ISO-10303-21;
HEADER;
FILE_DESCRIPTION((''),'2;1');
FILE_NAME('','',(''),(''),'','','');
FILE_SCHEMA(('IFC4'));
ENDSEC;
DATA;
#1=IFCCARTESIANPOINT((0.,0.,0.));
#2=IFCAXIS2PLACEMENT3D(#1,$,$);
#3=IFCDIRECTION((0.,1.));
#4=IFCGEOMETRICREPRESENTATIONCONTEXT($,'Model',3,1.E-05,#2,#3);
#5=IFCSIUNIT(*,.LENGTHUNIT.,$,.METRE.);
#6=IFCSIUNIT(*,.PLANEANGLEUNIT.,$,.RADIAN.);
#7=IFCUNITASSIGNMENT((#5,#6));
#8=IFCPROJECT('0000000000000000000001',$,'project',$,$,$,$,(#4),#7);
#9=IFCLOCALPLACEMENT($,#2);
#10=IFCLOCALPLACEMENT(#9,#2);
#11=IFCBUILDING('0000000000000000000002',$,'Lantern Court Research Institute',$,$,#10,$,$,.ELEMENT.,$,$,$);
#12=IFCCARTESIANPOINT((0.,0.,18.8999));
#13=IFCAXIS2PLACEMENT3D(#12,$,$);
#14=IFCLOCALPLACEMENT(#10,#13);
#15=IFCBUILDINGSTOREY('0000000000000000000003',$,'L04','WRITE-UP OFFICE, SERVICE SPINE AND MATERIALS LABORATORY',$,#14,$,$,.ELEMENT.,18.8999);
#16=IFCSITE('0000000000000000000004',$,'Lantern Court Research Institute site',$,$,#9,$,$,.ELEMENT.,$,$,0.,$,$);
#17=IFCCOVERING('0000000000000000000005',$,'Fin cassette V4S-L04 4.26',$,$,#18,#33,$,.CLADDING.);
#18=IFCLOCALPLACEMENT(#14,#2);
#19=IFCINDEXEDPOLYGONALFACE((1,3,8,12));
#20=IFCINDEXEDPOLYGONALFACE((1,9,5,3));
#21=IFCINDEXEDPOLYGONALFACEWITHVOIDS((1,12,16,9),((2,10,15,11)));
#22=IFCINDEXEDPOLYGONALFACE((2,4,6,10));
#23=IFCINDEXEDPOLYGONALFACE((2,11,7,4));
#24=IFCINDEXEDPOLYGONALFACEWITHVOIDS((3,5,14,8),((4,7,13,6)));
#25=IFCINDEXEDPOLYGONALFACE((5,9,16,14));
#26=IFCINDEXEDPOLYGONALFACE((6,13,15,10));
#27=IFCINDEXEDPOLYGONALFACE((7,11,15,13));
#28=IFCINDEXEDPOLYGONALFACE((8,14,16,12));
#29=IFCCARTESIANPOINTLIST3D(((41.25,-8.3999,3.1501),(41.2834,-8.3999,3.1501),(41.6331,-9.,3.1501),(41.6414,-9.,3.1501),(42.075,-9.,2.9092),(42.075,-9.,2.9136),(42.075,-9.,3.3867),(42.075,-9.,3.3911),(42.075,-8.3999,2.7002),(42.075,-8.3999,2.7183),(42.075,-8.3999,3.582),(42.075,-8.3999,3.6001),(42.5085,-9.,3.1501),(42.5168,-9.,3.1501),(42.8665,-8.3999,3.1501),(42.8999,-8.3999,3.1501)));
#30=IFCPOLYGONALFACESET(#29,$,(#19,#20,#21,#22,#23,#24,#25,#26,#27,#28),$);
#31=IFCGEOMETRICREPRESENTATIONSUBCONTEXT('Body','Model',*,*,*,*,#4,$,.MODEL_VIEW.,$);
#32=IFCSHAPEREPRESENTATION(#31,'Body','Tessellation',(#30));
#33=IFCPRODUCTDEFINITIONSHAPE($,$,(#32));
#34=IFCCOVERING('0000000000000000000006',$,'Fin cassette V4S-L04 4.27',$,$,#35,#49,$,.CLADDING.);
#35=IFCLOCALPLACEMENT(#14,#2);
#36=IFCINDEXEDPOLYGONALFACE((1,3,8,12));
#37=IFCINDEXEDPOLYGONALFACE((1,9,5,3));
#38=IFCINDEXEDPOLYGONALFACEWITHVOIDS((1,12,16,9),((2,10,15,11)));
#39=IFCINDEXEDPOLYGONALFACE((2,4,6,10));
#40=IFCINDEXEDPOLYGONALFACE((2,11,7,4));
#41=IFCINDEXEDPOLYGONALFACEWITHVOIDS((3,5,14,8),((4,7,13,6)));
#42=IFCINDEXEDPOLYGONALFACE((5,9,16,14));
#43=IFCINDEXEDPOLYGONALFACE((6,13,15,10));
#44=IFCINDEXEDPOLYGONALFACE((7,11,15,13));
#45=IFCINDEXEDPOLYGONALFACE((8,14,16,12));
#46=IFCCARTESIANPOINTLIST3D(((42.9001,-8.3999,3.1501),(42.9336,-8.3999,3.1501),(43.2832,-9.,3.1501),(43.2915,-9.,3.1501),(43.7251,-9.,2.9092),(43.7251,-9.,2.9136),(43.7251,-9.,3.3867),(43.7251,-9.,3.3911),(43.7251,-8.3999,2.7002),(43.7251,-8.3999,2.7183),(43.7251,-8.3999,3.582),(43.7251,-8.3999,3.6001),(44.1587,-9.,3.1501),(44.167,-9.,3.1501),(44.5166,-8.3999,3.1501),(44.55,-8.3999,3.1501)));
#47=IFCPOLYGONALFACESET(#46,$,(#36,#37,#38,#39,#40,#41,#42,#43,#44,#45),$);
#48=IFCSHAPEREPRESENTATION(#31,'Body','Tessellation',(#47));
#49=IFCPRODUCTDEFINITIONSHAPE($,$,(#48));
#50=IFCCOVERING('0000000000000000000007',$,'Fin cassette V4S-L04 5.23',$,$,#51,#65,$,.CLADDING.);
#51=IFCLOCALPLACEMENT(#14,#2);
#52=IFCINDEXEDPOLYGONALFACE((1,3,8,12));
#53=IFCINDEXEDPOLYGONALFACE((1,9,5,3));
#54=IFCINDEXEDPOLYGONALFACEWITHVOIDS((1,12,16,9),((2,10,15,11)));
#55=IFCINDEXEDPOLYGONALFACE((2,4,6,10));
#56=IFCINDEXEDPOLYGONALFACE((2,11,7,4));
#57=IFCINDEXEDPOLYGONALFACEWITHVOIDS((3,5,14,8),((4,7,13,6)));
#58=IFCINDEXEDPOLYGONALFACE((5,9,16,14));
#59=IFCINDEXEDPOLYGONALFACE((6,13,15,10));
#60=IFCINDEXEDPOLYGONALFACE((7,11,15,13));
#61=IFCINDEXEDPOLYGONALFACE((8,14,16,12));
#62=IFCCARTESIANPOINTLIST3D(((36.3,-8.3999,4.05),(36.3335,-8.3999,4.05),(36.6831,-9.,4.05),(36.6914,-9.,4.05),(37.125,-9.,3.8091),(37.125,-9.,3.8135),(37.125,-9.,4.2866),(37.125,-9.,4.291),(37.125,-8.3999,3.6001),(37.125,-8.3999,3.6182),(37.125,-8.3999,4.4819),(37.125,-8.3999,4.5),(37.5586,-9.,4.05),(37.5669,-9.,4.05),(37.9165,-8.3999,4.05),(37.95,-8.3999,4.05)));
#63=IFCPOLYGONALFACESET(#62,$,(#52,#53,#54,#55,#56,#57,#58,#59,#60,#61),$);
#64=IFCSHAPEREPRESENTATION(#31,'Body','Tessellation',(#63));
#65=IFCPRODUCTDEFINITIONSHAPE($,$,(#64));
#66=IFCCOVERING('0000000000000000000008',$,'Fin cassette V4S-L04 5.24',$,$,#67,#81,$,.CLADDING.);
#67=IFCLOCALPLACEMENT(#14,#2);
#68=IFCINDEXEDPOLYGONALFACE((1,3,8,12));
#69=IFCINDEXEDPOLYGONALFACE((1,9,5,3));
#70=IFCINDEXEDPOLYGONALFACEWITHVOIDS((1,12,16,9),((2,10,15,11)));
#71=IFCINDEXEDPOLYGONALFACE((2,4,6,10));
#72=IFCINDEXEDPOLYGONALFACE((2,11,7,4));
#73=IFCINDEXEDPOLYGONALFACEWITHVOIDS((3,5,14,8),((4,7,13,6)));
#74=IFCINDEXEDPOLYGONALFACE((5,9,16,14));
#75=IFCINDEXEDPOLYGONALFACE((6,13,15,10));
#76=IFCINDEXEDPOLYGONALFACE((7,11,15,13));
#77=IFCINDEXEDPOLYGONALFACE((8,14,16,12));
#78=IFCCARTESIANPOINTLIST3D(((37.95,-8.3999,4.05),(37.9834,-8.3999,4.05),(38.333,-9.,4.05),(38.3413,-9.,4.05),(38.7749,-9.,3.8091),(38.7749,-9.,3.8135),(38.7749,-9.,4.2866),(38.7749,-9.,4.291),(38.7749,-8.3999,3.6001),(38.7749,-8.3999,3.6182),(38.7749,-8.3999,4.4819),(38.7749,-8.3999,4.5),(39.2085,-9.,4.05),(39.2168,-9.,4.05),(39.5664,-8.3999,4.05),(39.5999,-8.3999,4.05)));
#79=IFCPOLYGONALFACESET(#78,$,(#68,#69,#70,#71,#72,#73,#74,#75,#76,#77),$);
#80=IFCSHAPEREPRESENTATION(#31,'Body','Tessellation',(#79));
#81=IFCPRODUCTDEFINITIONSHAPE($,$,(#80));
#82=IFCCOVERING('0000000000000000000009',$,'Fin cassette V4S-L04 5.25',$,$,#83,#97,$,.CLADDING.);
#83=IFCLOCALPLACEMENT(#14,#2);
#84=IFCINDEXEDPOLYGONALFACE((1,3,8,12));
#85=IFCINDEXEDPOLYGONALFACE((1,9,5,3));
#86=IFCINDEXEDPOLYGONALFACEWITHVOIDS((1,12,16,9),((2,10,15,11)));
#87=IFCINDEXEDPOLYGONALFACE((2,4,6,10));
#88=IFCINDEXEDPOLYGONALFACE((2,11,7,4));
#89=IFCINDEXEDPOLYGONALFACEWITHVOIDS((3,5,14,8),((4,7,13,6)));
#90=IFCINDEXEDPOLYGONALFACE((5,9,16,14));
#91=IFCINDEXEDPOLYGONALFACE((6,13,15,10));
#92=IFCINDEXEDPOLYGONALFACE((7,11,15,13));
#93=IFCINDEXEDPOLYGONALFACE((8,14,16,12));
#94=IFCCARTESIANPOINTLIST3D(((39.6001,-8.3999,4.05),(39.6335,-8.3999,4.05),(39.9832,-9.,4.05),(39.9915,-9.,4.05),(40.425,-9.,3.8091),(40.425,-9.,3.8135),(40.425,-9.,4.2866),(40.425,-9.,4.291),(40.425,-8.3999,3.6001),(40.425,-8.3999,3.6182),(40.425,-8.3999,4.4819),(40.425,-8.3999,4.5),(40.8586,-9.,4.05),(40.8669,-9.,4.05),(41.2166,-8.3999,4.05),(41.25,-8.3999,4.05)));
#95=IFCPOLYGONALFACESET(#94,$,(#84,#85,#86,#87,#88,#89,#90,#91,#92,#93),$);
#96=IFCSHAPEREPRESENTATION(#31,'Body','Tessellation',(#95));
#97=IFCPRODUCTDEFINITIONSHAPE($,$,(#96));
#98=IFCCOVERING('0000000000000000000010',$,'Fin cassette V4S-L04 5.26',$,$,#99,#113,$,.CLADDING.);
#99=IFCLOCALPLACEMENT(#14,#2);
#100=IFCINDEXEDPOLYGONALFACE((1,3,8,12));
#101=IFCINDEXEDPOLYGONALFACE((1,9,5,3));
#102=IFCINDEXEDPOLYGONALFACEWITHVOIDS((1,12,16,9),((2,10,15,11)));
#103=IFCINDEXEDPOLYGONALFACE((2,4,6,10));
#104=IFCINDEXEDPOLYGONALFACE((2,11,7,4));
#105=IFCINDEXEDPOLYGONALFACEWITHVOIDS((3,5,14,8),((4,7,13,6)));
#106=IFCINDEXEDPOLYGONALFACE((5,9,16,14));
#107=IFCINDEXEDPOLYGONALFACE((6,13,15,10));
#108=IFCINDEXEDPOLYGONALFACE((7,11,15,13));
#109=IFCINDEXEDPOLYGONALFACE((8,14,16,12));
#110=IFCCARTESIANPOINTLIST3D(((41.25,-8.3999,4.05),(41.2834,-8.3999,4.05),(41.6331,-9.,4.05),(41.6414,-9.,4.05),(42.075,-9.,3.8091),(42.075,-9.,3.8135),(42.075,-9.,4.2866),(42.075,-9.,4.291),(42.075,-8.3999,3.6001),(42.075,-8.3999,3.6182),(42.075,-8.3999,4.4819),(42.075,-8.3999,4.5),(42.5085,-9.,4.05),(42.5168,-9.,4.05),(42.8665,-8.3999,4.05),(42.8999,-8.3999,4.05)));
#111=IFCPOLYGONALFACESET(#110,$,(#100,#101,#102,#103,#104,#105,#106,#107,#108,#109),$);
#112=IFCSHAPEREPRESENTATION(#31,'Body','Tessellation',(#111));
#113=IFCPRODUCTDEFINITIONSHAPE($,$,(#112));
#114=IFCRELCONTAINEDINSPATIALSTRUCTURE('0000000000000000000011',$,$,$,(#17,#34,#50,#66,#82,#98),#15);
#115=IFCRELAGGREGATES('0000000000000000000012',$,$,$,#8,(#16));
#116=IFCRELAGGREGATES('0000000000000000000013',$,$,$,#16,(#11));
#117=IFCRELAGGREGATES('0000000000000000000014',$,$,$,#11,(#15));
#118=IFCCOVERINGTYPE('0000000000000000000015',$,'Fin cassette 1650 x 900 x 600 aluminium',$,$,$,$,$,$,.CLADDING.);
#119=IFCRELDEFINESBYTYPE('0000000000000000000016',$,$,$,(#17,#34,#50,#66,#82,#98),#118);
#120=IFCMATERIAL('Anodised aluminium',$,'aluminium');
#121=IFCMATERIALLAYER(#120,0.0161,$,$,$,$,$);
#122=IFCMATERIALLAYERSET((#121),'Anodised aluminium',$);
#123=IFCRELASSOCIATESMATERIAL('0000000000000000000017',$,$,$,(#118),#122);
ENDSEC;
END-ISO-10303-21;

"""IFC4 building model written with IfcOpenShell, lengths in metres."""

from ifc_helpers import new_model, entity, si_unit, direction, frame, origin, place, context, subcontext, project, spatial, material, layer, layer_set, type_object, element, save


model = new_model("IFC4")

# Units and contexts
model_context = context("Model", 3, precision=1e-05, world=origin(), true_north=direction((0.0, 1.0)))
body_context = subcontext(model_context, "Body", "Model", "MODEL_VIEW")
ifc_project = project(units=[si_unit("LENGTHUNIT", "METRE"), si_unit("PLANEANGLEUNIT", "RADIAN")], contexts=[model_context])

# Site, building, storey
site_placement = place(None, origin())
site = spatial("IfcSite", under=ifc_project, at=site_placement, Name="Lantern Court Research Institute site", CompositionType="ELEMENT", RefElevation=0.0)
building_placement = place(site_placement, origin())
building = spatial("IfcBuilding", under=site, at=building_placement, Name="Lantern Court Research Institute", CompositionType="ELEMENT")
storey_placement = place(building_placement, frame((0.0, 0.0, 18.8999)))
storey = spatial("IfcBuildingStorey", under=building, at=storey_placement, Name="L04", Description="WRITE-UP OFFICE, SERVICE SPINE AND MATERIALS LABORATORY", CompositionType="ELEMENT", Elevation=18.8999)

# Coverings
ifc_material_1 = material(Name="Anodised aluminium", Category="aluminium")
ifc_layer_1 = layer(ifc_material_1, 0.0161)
ifc_layer_set_1 = layer_set([ifc_layer_1], Name="Anodised aluminium")
covering_type = type_object("IfcCoveringType", Name="Fin cassette 1650 x 900 x 600 aluminium", PredefinedType="CLADDING", material=ifc_layer_set_1)
covering_1_placement = place(storey_placement, frame((42.075, -8.3999, 3.1501), z_axis=(0.0, -1.0, 0.0), x_axis=(1.0, 0.0, 0.0)))
cartesian_point_1 = entity("IfcCartesianPoint", [0.825, 0.0])
cartesian_point_2 = entity("IfcCartesianPoint", [0.7915, 0.0])
cartesian_point_3 = entity("IfcCartesianPoint", [0.4419, 0.0])
cartesian_point_4 = entity("IfcCartesianPoint", [0.4336, 0.0])
element("IfcCovering", 1, at=covering_1_placement, inside=storey, type_object=covering_type, Name="Fin cassette V4S-L04 4.26", PredefinedType="CLADDING", context=body_context, shape_type="SweptSolid", body=[
    entity("IfcExtrudedAreaSolidTapered", entity("IfcArbitraryProfileDefWithVoids", "AREA", None, entity("IfcPolyline", [cartesian_point_1, entity("IfcCartesianPoint", [0.0, 0.45]), entity("IfcCartesianPoint", [-0.825, 0.0]), entity("IfcCartesianPoint", [0.0, -0.45]), cartesian_point_1]), [entity("IfcPolyline", [cartesian_point_2, entity("IfcCartesianPoint", [0.0, 0.4319]), entity("IfcCartesianPoint", [-0.7915, 0.0]), entity("IfcCartesianPoint", [0.0, -0.4319]), cartesian_point_2])]), entity("IfcAxis2Placement3D", entity("IfcCartesianPoint", [0.0, 0.0, 0.0])), entity("IfcDirection", [0.0, 0.0, 1.0]), 0.6001, entity("IfcArbitraryProfileDefWithVoids", "AREA", None, entity("IfcPolyline", [cartesian_point_3, entity("IfcCartesianPoint", [0.0, 0.241]), entity("IfcCartesianPoint", [-0.4419, 0.0]), entity("IfcCartesianPoint", [0.0, -0.241]), cartesian_point_3]), [entity("IfcPolyline", [cartesian_point_4, entity("IfcCartesianPoint", [0.0, 0.2366]), entity("IfcCartesianPoint", [-0.4336, 0.0]), entity("IfcCartesianPoint", [0.0, -0.2366]), cartesian_point_4])])),
])
covering_2_placement = place(storey_placement, frame((43.7251, -8.3999, 3.1501), z_axis=(0.0, -1.0, 0.0), x_axis=(1.0, 0.0, 0.0)))
cartesian_point_5 = entity("IfcCartesianPoint", [0.825, 0.0])
cartesian_point_6 = entity("IfcCartesianPoint", [0.7915, 0.0])
cartesian_point_7 = entity("IfcCartesianPoint", [0.4419, 0.0])
cartesian_point_8 = entity("IfcCartesianPoint", [0.4336, 0.0])
element("IfcCovering", 2, at=covering_2_placement, inside=storey, type_object=covering_type, Name="Fin cassette V4S-L04 4.27", PredefinedType="CLADDING", context=body_context, shape_type="SweptSolid", body=[
    entity("IfcExtrudedAreaSolidTapered", entity("IfcArbitraryProfileDefWithVoids", "AREA", None, entity("IfcPolyline", [cartesian_point_5, entity("IfcCartesianPoint", [0.0, 0.45]), entity("IfcCartesianPoint", [-0.825, 0.0]), entity("IfcCartesianPoint", [0.0, -0.45]), cartesian_point_5]), [entity("IfcPolyline", [cartesian_point_6, entity("IfcCartesianPoint", [0.0, 0.4319]), entity("IfcCartesianPoint", [-0.7915, 0.0]), entity("IfcCartesianPoint", [0.0, -0.4319]), cartesian_point_6])]), entity("IfcAxis2Placement3D", entity("IfcCartesianPoint", [0.0, 0.0, 0.0])), entity("IfcDirection", [0.0, 0.0, 1.0]), 0.6001, entity("IfcArbitraryProfileDefWithVoids", "AREA", None, entity("IfcPolyline", [cartesian_point_7, entity("IfcCartesianPoint", [0.0, 0.241]), entity("IfcCartesianPoint", [-0.4419, 0.0]), entity("IfcCartesianPoint", [0.0, -0.241]), cartesian_point_7]), [entity("IfcPolyline", [cartesian_point_8, entity("IfcCartesianPoint", [0.0, 0.2366]), entity("IfcCartesianPoint", [-0.4336, 0.0]), entity("IfcCartesianPoint", [0.0, -0.2366]), cartesian_point_8])])),
])
covering_3_placement = place(storey_placement, frame((37.125, -8.3999, 4.05), z_axis=(0.0, -1.0, 0.0), x_axis=(1.0, 0.0, 0.0)))
cartesian_point_9 = entity("IfcCartesianPoint", [0.825, 0.0])
cartesian_point_10 = entity("IfcCartesianPoint", [0.7915, 0.0])
cartesian_point_11 = entity("IfcCartesianPoint", [0.4419, 0.0])
cartesian_point_12 = entity("IfcCartesianPoint", [0.4336, 0.0])
element("IfcCovering", 3, at=covering_3_placement, inside=storey, type_object=covering_type, Name="Fin cassette V4S-L04 5.23", PredefinedType="CLADDING", context=body_context, shape_type="SweptSolid", body=[
    entity("IfcExtrudedAreaSolidTapered", entity("IfcArbitraryProfileDefWithVoids", "AREA", None, entity("IfcPolyline", [cartesian_point_9, entity("IfcCartesianPoint", [0.0, 0.45]), entity("IfcCartesianPoint", [-0.825, 0.0]), entity("IfcCartesianPoint", [0.0, -0.45]), cartesian_point_9]), [entity("IfcPolyline", [cartesian_point_10, entity("IfcCartesianPoint", [0.0, 0.4319]), entity("IfcCartesianPoint", [-0.7915, 0.0]), entity("IfcCartesianPoint", [0.0, -0.4319]), cartesian_point_10])]), entity("IfcAxis2Placement3D", entity("IfcCartesianPoint", [0.0, 0.0, 0.0])), entity("IfcDirection", [0.0, 0.0, 1.0]), 0.6001, entity("IfcArbitraryProfileDefWithVoids", "AREA", None, entity("IfcPolyline", [cartesian_point_11, entity("IfcCartesianPoint", [0.0, 0.241]), entity("IfcCartesianPoint", [-0.4419, 0.0]), entity("IfcCartesianPoint", [0.0, -0.241]), cartesian_point_11]), [entity("IfcPolyline", [cartesian_point_12, entity("IfcCartesianPoint", [0.0, 0.2366]), entity("IfcCartesianPoint", [-0.4336, 0.0]), entity("IfcCartesianPoint", [0.0, -0.2366]), cartesian_point_12])])),
])
covering_4_placement = place(storey_placement, frame((38.7749, -8.3999, 4.05), z_axis=(0.0, -1.0, 0.0), x_axis=(1.0, 0.0, 0.0)))
cartesian_point_13 = entity("IfcCartesianPoint", [0.825, 0.0])
cartesian_point_14 = entity("IfcCartesianPoint", [0.7915, 0.0])
cartesian_point_15 = entity("IfcCartesianPoint", [0.4419, 0.0])
cartesian_point_16 = entity("IfcCartesianPoint", [0.4336, 0.0])
element("IfcCovering", 4, at=covering_4_placement, inside=storey, type_object=covering_type, Name="Fin cassette V4S-L04 5.24", PredefinedType="CLADDING", context=body_context, shape_type="SweptSolid", body=[
    entity("IfcExtrudedAreaSolidTapered", entity("IfcArbitraryProfileDefWithVoids", "AREA", None, entity("IfcPolyline", [cartesian_point_13, entity("IfcCartesianPoint", [0.0, 0.45]), entity("IfcCartesianPoint", [-0.825, 0.0]), entity("IfcCartesianPoint", [0.0, -0.45]), cartesian_point_13]), [entity("IfcPolyline", [cartesian_point_14, entity("IfcCartesianPoint", [0.0, 0.4319]), entity("IfcCartesianPoint", [-0.7915, 0.0]), entity("IfcCartesianPoint", [0.0, -0.4319]), cartesian_point_14])]), entity("IfcAxis2Placement3D", entity("IfcCartesianPoint", [0.0, 0.0, 0.0])), entity("IfcDirection", [0.0, 0.0, 1.0]), 0.6001, entity("IfcArbitraryProfileDefWithVoids", "AREA", None, entity("IfcPolyline", [cartesian_point_15, entity("IfcCartesianPoint", [0.0, 0.241]), entity("IfcCartesianPoint", [-0.4419, 0.0]), entity("IfcCartesianPoint", [0.0, -0.241]), cartesian_point_15]), [entity("IfcPolyline", [cartesian_point_16, entity("IfcCartesianPoint", [0.0, 0.2366]), entity("IfcCartesianPoint", [-0.4336, 0.0]), entity("IfcCartesianPoint", [0.0, -0.2366]), cartesian_point_16])])),
])
covering_5_placement = place(storey_placement, frame((40.425, -8.3999, 4.05), z_axis=(0.0, -1.0, 0.0), x_axis=(1.0, 0.0, 0.0)))
cartesian_point_17 = entity("IfcCartesianPoint", [0.825, 0.0])
cartesian_point_18 = entity("IfcCartesianPoint", [0.7915, 0.0])
cartesian_point_19 = entity("IfcCartesianPoint", [0.4419, 0.0])
cartesian_point_20 = entity("IfcCartesianPoint", [0.4336, 0.0])
element("IfcCovering", 5, at=covering_5_placement, inside=storey, type_object=covering_type, Name="Fin cassette V4S-L04 5.25", PredefinedType="CLADDING", context=body_context, shape_type="SweptSolid", body=[
    entity("IfcExtrudedAreaSolidTapered", entity("IfcArbitraryProfileDefWithVoids", "AREA", None, entity("IfcPolyline", [cartesian_point_17, entity("IfcCartesianPoint", [0.0, 0.45]), entity("IfcCartesianPoint", [-0.825, 0.0]), entity("IfcCartesianPoint", [0.0, -0.45]), cartesian_point_17]), [entity("IfcPolyline", [cartesian_point_18, entity("IfcCartesianPoint", [0.0, 0.4319]), entity("IfcCartesianPoint", [-0.7915, 0.0]), entity("IfcCartesianPoint", [0.0, -0.4319]), cartesian_point_18])]), entity("IfcAxis2Placement3D", entity("IfcCartesianPoint", [0.0, 0.0, 0.0])), entity("IfcDirection", [0.0, 0.0, 1.0]), 0.6001, entity("IfcArbitraryProfileDefWithVoids", "AREA", None, entity("IfcPolyline", [cartesian_point_19, entity("IfcCartesianPoint", [0.0, 0.241]), entity("IfcCartesianPoint", [-0.4419, 0.0]), entity("IfcCartesianPoint", [0.0, -0.241]), cartesian_point_19]), [entity("IfcPolyline", [cartesian_point_20, entity("IfcCartesianPoint", [0.0, 0.2366]), entity("IfcCartesianPoint", [-0.4336, 0.0]), entity("IfcCartesianPoint", [0.0, -0.2366]), cartesian_point_20])])),
])
covering_6_placement = place(storey_placement, frame((42.075, -8.3999, 4.05), z_axis=(0.0, -1.0, 0.0), x_axis=(1.0, 0.0, 0.0)))
cartesian_point_21 = entity("IfcCartesianPoint", [0.825, 0.0])
cartesian_point_22 = entity("IfcCartesianPoint", [0.7915, 0.0])
cartesian_point_23 = entity("IfcCartesianPoint", [0.4419, 0.0])
cartesian_point_24 = entity("IfcCartesianPoint", [0.4336, 0.0])
element("IfcCovering", 6, at=covering_6_placement, inside=storey, type_object=covering_type, Name="Fin cassette V4S-L04 5.26", PredefinedType="CLADDING", context=body_context, shape_type="SweptSolid", body=[
    entity("IfcExtrudedAreaSolidTapered", entity("IfcArbitraryProfileDefWithVoids", "AREA", None, entity("IfcPolyline", [cartesian_point_21, entity("IfcCartesianPoint", [0.0, 0.45]), entity("IfcCartesianPoint", [-0.825, 0.0]), entity("IfcCartesianPoint", [0.0, -0.45]), cartesian_point_21]), [entity("IfcPolyline", [cartesian_point_22, entity("IfcCartesianPoint", [0.0, 0.4319]), entity("IfcCartesianPoint", [-0.7915, 0.0]), entity("IfcCartesianPoint", [0.0, -0.4319]), cartesian_point_22])]), entity("IfcAxis2Placement3D", entity("IfcCartesianPoint", [0.0, 0.0, 0.0])), entity("IfcDirection", [0.0, 0.0, 1.0]), 0.6001, entity("IfcArbitraryProfileDefWithVoids", "AREA", None, entity("IfcPolyline", [cartesian_point_23, entity("IfcCartesianPoint", [0.0, 0.241]), entity("IfcCartesianPoint", [-0.4419, 0.0]), entity("IfcCartesianPoint", [0.0, -0.241]), cartesian_point_23]), [entity("IfcPolyline", [cartesian_point_24, entity("IfcCartesianPoint", [0.0, 0.2366]), entity("IfcCartesianPoint", [-0.4336, 0.0]), entity("IfcCartesianPoint", [0.0, -0.2366]), cartesian_point_24])])),
])

save(model, "model.ifc")
